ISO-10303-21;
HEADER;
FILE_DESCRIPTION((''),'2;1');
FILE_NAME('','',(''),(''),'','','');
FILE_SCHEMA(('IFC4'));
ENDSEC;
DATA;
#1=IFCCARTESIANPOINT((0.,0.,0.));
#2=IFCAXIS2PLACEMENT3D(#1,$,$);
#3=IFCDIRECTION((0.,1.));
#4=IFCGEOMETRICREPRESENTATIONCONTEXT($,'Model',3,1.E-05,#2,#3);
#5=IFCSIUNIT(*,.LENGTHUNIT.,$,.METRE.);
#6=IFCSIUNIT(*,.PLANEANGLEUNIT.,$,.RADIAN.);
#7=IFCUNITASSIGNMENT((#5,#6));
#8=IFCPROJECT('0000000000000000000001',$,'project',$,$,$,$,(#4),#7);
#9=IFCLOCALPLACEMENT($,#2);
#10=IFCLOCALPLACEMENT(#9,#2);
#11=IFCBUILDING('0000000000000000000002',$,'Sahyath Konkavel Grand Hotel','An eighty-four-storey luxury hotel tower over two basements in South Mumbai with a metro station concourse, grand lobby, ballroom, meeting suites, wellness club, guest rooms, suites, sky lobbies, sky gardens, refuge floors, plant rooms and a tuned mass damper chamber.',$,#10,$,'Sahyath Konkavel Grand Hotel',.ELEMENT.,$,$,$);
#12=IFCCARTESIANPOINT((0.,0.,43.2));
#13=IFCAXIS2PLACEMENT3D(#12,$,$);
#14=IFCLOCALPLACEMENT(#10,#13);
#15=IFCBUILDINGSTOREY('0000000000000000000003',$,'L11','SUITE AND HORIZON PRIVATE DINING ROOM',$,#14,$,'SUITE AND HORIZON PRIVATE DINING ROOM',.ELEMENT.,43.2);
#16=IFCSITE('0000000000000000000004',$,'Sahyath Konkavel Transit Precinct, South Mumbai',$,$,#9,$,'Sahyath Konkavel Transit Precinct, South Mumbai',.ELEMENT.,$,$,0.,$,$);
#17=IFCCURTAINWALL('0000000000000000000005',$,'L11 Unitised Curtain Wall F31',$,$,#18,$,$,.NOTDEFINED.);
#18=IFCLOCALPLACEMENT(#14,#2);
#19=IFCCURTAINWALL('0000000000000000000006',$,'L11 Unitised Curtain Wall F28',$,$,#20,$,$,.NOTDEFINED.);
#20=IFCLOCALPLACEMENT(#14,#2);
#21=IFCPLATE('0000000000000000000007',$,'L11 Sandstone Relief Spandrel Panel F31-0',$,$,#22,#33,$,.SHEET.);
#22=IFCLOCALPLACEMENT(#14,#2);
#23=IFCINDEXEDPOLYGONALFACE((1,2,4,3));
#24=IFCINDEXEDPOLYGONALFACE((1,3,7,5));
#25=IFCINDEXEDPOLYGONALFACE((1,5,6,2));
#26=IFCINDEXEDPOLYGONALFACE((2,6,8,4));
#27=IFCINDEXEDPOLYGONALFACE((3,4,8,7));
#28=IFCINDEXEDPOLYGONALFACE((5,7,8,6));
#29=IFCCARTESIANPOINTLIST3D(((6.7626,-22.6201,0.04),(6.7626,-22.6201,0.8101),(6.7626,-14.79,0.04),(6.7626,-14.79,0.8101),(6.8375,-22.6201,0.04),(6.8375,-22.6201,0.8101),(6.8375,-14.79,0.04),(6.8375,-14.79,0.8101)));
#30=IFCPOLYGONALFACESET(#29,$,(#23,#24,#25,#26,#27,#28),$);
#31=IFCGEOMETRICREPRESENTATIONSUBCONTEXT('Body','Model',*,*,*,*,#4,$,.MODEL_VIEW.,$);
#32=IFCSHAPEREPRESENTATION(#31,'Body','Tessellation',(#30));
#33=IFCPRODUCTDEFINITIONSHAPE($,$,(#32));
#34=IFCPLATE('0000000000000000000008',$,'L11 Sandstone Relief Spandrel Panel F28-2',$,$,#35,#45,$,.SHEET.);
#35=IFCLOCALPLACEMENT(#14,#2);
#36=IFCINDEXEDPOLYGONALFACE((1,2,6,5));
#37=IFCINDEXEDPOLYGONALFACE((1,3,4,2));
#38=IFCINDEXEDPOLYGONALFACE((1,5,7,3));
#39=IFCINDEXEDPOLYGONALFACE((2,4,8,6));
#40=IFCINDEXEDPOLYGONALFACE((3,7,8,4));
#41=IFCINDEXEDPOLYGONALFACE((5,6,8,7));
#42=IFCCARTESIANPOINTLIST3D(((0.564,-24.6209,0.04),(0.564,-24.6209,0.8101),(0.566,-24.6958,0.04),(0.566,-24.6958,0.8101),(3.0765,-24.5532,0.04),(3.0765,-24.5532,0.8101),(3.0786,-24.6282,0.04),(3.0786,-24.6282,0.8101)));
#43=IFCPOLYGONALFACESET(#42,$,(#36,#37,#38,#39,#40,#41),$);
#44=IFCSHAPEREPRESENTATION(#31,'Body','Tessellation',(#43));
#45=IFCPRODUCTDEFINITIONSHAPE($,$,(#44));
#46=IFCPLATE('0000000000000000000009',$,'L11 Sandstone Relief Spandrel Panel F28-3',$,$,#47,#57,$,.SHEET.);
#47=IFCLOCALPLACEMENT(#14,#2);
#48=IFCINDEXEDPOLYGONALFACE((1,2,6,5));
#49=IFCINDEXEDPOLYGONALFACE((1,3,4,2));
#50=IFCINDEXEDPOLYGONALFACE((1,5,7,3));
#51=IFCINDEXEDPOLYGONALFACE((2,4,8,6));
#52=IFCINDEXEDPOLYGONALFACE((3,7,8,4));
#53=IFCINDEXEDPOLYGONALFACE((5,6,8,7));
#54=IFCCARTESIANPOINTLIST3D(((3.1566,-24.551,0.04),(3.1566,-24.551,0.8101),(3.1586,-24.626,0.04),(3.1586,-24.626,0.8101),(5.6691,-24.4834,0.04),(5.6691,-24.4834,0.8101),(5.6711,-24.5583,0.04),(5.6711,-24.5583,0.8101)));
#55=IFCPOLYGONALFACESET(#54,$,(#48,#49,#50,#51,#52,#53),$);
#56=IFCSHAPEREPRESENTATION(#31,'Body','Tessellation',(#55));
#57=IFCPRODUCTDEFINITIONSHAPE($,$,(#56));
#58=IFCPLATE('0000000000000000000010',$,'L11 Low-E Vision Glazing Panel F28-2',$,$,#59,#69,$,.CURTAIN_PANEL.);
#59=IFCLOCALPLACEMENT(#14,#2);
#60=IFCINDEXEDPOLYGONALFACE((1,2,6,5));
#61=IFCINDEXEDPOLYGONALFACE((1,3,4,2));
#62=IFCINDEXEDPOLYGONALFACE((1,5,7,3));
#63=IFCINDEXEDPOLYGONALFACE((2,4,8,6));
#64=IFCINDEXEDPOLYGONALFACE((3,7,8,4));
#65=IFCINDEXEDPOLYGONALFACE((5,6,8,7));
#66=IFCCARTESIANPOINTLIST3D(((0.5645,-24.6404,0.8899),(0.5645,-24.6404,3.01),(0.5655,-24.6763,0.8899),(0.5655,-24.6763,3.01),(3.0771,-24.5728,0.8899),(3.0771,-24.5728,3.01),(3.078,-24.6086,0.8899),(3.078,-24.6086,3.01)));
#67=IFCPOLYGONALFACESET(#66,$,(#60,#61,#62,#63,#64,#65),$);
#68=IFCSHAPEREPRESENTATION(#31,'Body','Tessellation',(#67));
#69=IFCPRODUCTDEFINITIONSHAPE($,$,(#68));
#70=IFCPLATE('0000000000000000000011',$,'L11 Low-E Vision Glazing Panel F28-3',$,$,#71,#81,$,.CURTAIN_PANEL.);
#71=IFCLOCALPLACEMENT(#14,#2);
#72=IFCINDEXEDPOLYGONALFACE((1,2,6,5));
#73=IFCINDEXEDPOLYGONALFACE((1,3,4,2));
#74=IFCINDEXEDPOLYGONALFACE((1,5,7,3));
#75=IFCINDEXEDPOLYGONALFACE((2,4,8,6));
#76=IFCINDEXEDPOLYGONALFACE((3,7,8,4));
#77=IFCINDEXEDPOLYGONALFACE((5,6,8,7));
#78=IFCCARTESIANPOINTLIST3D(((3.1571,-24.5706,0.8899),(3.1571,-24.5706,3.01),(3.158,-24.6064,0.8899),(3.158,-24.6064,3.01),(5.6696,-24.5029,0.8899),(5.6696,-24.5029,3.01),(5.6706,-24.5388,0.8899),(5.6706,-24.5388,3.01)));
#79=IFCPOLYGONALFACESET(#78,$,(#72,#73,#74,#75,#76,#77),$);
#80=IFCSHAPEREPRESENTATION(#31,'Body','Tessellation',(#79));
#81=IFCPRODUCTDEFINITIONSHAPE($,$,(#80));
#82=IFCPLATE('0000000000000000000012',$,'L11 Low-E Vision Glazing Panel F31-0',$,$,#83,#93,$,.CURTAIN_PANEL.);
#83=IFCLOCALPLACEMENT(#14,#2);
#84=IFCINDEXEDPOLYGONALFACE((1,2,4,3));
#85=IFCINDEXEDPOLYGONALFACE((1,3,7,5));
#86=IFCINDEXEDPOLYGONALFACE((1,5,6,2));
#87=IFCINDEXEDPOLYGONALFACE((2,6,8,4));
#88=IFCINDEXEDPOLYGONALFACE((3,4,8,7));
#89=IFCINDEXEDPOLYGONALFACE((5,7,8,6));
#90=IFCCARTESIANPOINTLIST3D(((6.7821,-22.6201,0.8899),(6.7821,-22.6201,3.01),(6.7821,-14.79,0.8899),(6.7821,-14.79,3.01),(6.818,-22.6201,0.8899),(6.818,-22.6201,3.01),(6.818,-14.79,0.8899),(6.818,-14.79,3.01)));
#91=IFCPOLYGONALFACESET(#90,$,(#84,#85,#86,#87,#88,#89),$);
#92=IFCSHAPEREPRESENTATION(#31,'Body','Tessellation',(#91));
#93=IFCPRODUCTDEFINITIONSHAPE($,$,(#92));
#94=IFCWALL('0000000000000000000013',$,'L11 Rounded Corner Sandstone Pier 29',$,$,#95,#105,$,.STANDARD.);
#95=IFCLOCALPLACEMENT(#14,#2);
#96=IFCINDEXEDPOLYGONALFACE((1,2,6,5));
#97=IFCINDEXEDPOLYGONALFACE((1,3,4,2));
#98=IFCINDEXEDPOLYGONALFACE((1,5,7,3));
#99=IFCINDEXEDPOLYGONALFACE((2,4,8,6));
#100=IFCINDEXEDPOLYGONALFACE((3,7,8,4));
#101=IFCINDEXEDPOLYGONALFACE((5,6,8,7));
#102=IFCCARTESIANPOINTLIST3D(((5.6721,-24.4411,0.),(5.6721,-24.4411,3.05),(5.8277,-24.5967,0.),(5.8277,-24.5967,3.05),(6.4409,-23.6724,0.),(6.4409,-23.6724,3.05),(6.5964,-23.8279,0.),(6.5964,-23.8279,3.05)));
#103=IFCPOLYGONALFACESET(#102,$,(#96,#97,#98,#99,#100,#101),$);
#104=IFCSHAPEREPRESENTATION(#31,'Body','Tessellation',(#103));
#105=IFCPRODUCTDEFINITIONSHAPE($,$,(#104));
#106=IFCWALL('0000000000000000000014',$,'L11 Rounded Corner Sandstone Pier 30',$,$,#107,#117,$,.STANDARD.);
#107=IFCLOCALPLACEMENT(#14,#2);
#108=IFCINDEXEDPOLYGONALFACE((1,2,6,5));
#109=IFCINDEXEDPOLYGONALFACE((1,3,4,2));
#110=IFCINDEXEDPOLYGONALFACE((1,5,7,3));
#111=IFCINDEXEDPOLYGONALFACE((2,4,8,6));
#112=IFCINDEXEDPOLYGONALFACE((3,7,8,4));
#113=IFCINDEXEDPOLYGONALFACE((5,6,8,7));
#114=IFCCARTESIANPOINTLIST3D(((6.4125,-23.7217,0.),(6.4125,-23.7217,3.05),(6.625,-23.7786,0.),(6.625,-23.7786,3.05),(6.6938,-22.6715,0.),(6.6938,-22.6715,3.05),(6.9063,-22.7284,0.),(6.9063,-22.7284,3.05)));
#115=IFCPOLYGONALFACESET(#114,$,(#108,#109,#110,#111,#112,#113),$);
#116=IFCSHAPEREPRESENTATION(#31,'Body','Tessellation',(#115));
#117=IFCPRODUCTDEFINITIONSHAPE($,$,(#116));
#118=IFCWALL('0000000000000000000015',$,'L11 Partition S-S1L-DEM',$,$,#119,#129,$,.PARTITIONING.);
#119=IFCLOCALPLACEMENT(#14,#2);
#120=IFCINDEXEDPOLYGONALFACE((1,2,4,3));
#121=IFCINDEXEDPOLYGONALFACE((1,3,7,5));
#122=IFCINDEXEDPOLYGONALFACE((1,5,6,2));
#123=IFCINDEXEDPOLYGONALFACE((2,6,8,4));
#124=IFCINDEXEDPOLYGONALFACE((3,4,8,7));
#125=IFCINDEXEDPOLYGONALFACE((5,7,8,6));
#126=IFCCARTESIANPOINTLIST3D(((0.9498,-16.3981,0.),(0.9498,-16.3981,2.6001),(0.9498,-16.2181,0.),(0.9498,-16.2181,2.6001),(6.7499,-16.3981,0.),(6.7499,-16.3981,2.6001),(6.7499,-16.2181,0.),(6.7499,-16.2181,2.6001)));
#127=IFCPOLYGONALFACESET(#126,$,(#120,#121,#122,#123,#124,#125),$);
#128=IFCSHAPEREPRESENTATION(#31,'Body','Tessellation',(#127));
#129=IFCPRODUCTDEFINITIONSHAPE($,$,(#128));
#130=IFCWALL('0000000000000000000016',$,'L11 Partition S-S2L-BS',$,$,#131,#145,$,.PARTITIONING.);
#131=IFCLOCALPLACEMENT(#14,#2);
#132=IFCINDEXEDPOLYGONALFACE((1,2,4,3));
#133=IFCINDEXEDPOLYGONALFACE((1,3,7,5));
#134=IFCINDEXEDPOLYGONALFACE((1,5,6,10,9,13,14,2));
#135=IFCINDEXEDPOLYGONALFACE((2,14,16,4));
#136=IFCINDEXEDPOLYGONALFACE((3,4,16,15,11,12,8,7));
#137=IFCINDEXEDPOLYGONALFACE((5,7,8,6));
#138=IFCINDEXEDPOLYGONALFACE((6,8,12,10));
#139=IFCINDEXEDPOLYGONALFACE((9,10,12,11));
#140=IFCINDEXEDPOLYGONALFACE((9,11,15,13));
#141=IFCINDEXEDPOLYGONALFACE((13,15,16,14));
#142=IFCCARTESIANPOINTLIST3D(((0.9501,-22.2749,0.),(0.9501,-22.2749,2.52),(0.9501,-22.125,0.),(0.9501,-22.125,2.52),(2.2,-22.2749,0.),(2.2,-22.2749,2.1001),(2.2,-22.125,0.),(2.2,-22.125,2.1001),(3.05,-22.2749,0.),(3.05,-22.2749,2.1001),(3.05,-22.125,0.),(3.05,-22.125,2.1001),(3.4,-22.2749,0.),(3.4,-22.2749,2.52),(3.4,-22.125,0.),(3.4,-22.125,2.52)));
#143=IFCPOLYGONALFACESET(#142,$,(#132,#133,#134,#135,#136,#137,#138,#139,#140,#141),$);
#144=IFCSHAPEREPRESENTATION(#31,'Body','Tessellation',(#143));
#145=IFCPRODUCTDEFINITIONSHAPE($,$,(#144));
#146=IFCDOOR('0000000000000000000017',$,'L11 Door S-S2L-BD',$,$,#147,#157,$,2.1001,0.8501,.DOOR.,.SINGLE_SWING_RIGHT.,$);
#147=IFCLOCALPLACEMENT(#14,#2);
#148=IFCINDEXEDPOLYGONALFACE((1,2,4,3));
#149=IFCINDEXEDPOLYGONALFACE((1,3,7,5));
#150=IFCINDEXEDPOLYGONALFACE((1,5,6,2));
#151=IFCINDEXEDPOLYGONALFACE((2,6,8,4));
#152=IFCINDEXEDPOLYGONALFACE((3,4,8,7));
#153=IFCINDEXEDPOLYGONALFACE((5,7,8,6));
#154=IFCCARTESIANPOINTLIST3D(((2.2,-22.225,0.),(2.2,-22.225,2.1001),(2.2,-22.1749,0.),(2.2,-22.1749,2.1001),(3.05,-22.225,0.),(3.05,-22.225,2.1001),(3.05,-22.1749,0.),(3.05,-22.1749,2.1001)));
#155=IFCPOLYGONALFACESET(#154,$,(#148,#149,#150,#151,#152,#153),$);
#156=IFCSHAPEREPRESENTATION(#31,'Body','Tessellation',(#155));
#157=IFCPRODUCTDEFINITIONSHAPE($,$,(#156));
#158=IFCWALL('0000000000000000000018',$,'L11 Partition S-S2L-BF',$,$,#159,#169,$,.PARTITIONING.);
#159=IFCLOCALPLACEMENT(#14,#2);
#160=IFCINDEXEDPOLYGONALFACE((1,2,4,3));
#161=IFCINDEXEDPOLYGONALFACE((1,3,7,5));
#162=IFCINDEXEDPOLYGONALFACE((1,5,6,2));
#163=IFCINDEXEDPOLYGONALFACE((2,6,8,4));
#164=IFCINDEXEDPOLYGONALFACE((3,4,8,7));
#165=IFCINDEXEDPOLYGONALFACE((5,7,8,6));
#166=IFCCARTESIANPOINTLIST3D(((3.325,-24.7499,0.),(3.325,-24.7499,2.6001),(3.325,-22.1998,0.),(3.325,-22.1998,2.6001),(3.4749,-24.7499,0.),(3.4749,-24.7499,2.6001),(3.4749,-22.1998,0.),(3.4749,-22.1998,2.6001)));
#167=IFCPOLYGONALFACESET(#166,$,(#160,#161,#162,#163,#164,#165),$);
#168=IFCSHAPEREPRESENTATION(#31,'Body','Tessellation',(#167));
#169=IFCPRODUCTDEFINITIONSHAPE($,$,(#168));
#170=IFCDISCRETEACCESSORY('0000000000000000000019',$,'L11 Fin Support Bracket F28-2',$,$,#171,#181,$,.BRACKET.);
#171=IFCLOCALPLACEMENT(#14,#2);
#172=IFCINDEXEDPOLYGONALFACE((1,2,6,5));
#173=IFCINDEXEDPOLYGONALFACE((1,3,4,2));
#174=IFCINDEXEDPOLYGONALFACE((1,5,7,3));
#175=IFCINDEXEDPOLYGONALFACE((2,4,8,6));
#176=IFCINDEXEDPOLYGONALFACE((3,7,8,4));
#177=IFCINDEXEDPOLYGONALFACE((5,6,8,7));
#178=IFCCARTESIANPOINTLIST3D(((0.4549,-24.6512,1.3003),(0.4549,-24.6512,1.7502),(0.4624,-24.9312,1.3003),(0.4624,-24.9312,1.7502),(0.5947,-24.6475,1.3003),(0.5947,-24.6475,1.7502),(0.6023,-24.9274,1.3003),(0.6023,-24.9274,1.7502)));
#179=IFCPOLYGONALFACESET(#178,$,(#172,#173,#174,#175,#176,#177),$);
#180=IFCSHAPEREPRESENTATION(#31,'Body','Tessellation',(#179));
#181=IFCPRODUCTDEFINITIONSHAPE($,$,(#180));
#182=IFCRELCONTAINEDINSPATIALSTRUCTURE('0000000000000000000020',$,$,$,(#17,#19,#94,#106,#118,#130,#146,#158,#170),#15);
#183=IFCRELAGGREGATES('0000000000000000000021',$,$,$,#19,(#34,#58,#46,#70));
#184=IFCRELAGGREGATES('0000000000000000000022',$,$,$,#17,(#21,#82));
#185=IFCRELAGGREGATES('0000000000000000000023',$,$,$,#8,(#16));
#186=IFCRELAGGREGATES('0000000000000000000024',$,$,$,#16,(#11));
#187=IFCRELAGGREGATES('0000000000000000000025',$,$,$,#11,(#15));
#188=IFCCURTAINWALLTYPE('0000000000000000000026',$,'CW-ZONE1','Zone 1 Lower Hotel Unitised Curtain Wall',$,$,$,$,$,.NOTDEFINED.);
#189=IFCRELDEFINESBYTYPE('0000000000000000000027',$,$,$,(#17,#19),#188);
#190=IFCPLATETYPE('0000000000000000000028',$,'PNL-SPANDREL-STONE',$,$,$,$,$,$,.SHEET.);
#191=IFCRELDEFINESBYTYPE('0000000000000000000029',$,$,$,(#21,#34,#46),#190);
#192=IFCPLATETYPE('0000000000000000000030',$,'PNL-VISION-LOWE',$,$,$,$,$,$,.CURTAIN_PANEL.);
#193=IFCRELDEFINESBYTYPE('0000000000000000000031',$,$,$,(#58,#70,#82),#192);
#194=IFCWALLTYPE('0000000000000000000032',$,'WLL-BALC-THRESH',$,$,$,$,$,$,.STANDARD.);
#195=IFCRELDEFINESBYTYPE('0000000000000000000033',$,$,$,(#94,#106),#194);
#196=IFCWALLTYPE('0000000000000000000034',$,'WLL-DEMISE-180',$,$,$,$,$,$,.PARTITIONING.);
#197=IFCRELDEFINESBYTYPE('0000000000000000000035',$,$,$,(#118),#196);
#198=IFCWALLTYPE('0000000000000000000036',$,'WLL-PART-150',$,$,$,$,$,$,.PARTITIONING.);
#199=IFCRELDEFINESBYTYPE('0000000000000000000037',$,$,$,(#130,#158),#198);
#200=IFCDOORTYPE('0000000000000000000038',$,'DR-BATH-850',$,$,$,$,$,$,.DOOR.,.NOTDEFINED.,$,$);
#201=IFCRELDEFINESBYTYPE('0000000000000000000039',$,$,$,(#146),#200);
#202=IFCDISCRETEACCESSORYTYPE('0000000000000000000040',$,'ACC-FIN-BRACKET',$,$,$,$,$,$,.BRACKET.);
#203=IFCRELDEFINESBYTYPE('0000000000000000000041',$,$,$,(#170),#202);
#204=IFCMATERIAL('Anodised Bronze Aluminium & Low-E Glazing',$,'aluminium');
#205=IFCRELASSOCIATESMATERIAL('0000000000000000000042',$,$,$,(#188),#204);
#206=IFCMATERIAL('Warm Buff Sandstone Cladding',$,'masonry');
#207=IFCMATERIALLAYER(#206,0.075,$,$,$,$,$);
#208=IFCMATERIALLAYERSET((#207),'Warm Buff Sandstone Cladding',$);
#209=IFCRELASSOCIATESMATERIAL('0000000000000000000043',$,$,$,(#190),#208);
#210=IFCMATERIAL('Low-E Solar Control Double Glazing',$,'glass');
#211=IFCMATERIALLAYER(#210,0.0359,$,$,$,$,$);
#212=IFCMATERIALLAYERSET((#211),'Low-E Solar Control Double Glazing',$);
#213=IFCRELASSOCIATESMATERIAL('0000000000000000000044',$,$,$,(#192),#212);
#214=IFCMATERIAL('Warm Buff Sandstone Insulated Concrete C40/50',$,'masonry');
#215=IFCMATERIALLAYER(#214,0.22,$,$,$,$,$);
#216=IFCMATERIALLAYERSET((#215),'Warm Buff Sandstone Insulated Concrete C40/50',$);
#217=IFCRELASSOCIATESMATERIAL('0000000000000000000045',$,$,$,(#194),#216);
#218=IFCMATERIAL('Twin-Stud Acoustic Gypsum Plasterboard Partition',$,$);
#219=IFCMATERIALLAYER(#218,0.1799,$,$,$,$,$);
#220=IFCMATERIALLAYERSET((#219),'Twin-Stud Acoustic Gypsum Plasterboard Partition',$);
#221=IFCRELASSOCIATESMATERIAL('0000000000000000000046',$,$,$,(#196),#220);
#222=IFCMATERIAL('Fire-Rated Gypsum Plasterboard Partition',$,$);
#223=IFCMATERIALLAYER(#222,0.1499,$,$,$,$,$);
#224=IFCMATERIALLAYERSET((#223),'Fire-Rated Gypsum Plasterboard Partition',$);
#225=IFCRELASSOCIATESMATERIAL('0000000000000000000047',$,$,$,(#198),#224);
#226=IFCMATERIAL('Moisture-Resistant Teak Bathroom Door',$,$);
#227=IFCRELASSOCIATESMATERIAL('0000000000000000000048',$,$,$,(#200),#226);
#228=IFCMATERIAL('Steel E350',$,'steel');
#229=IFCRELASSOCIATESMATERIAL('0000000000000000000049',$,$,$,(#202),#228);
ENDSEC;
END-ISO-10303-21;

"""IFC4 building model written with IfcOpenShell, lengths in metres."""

from ifc_helpers import new_model, si_unit, direction, frame, frame_2d, origin, origin_2d, place, context, subcontext, project, spatial, rectangle, extrude, source, transform, mapped, material, layer, layer_set, type_object, element, fill, aggregate, save


model = new_model("IFC4")

# Units and contexts
model_context = context("Model", 3, precision=1e-05, world=origin(), true_north=direction((0.0, 1.0)))
body_context = subcontext(model_context, "Body", "Model", "MODEL_VIEW")
ifc_project = project(units=[si_unit("LENGTHUNIT", "METRE"), si_unit("PLANEANGLEUNIT", "RADIAN")], contexts=[model_context])

# Site, building, storey
site_placement = place(None, origin())
site = spatial("IfcSite", under=ifc_project, at=site_placement, Name="Sahyath Konkavel Transit Precinct, South Mumbai", LongName="Sahyath Konkavel Transit Precinct, South Mumbai", CompositionType="ELEMENT", RefElevation=0.0)
building_placement = place(site_placement, origin())
building = spatial("IfcBuilding", under=site, at=building_placement, Name="Sahyath Konkavel Grand Hotel", Description="An eighty-four-storey luxury hotel tower over two basements in South Mumbai with a metro station concourse, grand lobby, ballroom, meeting suites, wellness club, guest rooms, suites, sky lobbies, sky gardens, refuge floors, plant rooms and a tuned mass damper chamber.", LongName="Sahyath Konkavel Grand Hotel", CompositionType="ELEMENT")
storey_placement = place(building_placement, frame((0.0, 0.0, 43.2)))
storey = spatial("IfcBuildingStorey", under=building, at=storey_placement, Name="L11", Description="SUITE AND HORIZON PRIVATE DINING ROOM", LongName="SUITE AND HORIZON PRIVATE DINING ROOM", CompositionType="ELEMENT", Elevation=43.2)

# Curtain walls
ifc_material_1 = material(Name="Anodised Bronze Aluminium & Low-E Glazing", Category="aluminium")
curtain_wall_type = type_object("IfcCurtainWallType", Name="CW-ZONE1", Description="Zone 1 Lower Hotel Unitised Curtain Wall", PredefinedType="NOTDEFINED", material=ifc_material_1)
curtain_wall_1_placement = place(storey_placement, origin())
curtain_wall_1 = element("IfcCurtainWall", 1, at=curtain_wall_1_placement, inside=storey, type_object=curtain_wall_type, Name="L11 Unitised Curtain Wall F31", PredefinedType="NOTDEFINED")
curtain_wall_2_placement = place(storey_placement, origin())
curtain_wall_2 = element("IfcCurtainWall", 2, at=curtain_wall_2_placement, inside=storey, type_object=curtain_wall_type, Name="L11 Unitised Curtain Wall F28", PredefinedType="NOTDEFINED")

# Plates
ifc_material_2 = material(Name="Warm Buff Sandstone Cladding", Category="masonry")
ifc_layer_1 = layer(ifc_material_2, 0.075)
ifc_layer_set_1 = layer_set([ifc_layer_1], Name="Warm Buff Sandstone Cladding")
plate_type_1 = type_object("IfcPlateType", Name="PNL-SPANDREL-STONE", PredefinedType="SHEET", material=ifc_layer_set_1)
shared_shape_1 = source(origin(), body_context, "Body", "SweptSolid", [
    extrude(rectangle(XDim=7.8301, YDim=0.075, at=origin_2d()), origin(), (0.0, 0.0, 1.0), 0.77),
])
plate_1_placement = place(storey_placement, frame((6.8, -18.7051, 0.04), z_axis=(0.0, 0.0, 1.0), x_axis=(0.0, 1.0, 0.0)))
plate_1 = element("IfcPlate", 3, at=plate_1_placement, type_object=plate_type_1, Name="L11 Sandstone Relief Spandrel Panel F31-0", PredefinedType="SHEET", context=body_context, shape_type="MappedRepresentation", body=[
    mapped(shared_shape_1, transform((0.0, 0.0, 0.0), scale=1.0)),
])
shared_shape_2 = source(origin(), body_context, "Body", "SweptSolid", [
    extrude(rectangle(XDim=2.5134, YDim=0.075, at=origin_2d()), origin(), (0.0, 0.0, 1.0), 0.77),
])
plate_2_placement = place(storey_placement, frame((1.8213, -24.6245, 0.04), z_axis=(0.0, 0.0, 1.0), x_axis=(0.999638, 0.02691, 0.0)))
plate_2 = element("IfcPlate", 4, at=plate_2_placement, type_object=plate_type_1, Name="L11 Sandstone Relief Spandrel Panel F28-2", PredefinedType="SHEET", context=body_context, shape_type="MappedRepresentation", body=[
    mapped(shared_shape_2, transform((0.0, 0.0, 0.0), scale=1.0)),
])
plate_3_placement = place(storey_placement, frame((4.4138, -24.5547, 0.04), z_axis=(0.0, 0.0, 1.0), x_axis=(0.999638, 0.02691, 0.0)))
plate_3 = element("IfcPlate", 5, at=plate_3_placement, type_object=plate_type_1, Name="L11 Sandstone Relief Spandrel Panel F28-3", PredefinedType="SHEET", context=body_context, shape_type="MappedRepresentation", body=[
    mapped(shared_shape_2, transform((0.0, 0.0, 0.0), scale=1.0)),
])
ifc_material_3 = material(Name="Low-E Solar Control Double Glazing", Category="glass")
ifc_layer_2 = layer(ifc_material_3, 0.0359)
ifc_layer_set_2 = layer_set([ifc_layer_2], Name="Low-E Solar Control Double Glazing")
plate_type_2 = type_object("IfcPlateType", Name="PNL-VISION-LOWE", PredefinedType="CURTAIN_PANEL", material=ifc_layer_set_2)
shared_shape_3 = source(origin(), body_context, "Body", "SweptSolid", [
    extrude(rectangle(XDim=2.5134, YDim=0.0359, at=origin_2d()), origin(), (0.0, 0.0, 1.0), 2.1201),
])
plate_4_placement = place(storey_placement, frame((1.8213, -24.6245, 0.8899), z_axis=(0.0, 0.0, 1.0), x_axis=(0.999638, 0.02691, 0.0)))
plate_4 = element("IfcPlate", 6, at=plate_4_placement, type_object=plate_type_2, Name="L11 Low-E Vision Glazing Panel F28-2", PredefinedType="CURTAIN_PANEL", context=body_context, shape_type="MappedRepresentation", body=[
    mapped(shared_shape_3, transform((0.0, 0.0, 0.0), scale=1.0)),
])
plate_5_placement = place(storey_placement, frame((4.4138, -24.5547, 0.8899), z_axis=(0.0, 0.0, 1.0), x_axis=(0.999638, 0.02691, 0.0)))
plate_5 = element("IfcPlate", 7, at=plate_5_placement, type_object=plate_type_2, Name="L11 Low-E Vision Glazing Panel F28-3", PredefinedType="CURTAIN_PANEL", context=body_context, shape_type="MappedRepresentation", body=[
    mapped(shared_shape_3, transform((0.0, 0.0, 0.0), scale=1.0)),
])
aggregate(curtain_wall_2, [plate_2, plate_4, plate_3, plate_5])
shared_shape_4 = source(origin(), body_context, "Body", "SweptSolid", [
    extrude(rectangle(XDim=7.8301, YDim=0.0359, at=origin_2d()), origin(), (0.0, 0.0, 1.0), 2.1201),
])
plate_6_placement = place(storey_placement, frame((6.8, -18.7051, 0.8899), z_axis=(0.0, 0.0, 1.0), x_axis=(0.0, 1.0, 0.0)))
plate_6 = element("IfcPlate", 8, at=plate_6_placement, type_object=plate_type_2, Name="L11 Low-E Vision Glazing Panel F31-0", PredefinedType="CURTAIN_PANEL", context=body_context, shape_type="MappedRepresentation", body=[
    mapped(shared_shape_4, transform((0.0, 0.0, 0.0), scale=1.0)),
])
aggregate(curtain_wall_1, [plate_1, plate_6])

# Walls
ifc_material_4 = material(Name="Warm Buff Sandstone Insulated Concrete C40/50", Category="masonry")
ifc_layer_3 = layer(ifc_material_4, 0.22)
ifc_layer_set_3 = layer_set([ifc_layer_3], Name="Warm Buff Sandstone Insulated Concrete C40/50")
wall_type_1 = type_object("IfcWallType", Name="WLL-BALC-THRESH", PredefinedType="STANDARD", material=ifc_layer_set_3)
for number, where, z_axis, x_axis, name in (
    (9, (5.75, -24.5188, 0.0), (0.0, 0.0, 1.0), (0.707107, 0.707107, 0.0), "L11 Rounded Corner Sandstone Pier 29"),
    (10, (6.5188, -23.75, 0.0), (0.0, 0.0, 1.0), (0.258725, 0.965951, 0.0), "L11 Rounded Corner Sandstone Pier 30"),
):
    element("IfcWall", number, at=place(storey_placement, frame(where, z_axis=z_axis, x_axis=x_axis)), inside=storey, type_object=wall_type_1, Name=name, PredefinedType="STANDARD", context=body_context, shape_type="SweptSolid", body=[
        extrude(rectangle(XDim=1.0872, YDim=0.22, at=frame_2d((0.5435, 0.0))), origin(), (0.0, 0.0, 1.0), 3.05),
    ])
ifc_material_5 = material(Name="Twin-Stud Acoustic Gypsum Plasterboard Partition")
ifc_layer_4 = layer(ifc_material_5, 0.1799)
ifc_layer_set_4 = layer_set([ifc_layer_4], Name="Twin-Stud Acoustic Gypsum Plasterboard Partition")
wall_type_2 = type_object("IfcWallType", Name="WLL-DEMISE-180", PredefinedType="PARTITIONING", material=ifc_layer_set_4)
wall_1_placement = place(storey_placement, frame((0.95, -16.3081, 0.0), z_axis=(0.0, 0.0, 1.0), x_axis=(1.0, 0.0, 0.0)))
element("IfcWall", 11, at=wall_1_placement, inside=storey, type_object=wall_type_2, Name="L11 Partition S-S1L-DEM", PredefinedType="PARTITIONING", context=body_context, shape_type="SweptSolid", body=[
    extrude(rectangle(XDim=5.8, YDim=0.1799, at=frame_2d((2.8999, 0.0))), origin(), (0.0, 0.0, 1.0), 2.6001),
])

# Wall, opening, door
ifc_material_6 = material(Name="Fire-Rated Gypsum Plasterboard Partition")
ifc_layer_5 = layer(ifc_material_6, 0.1499)
ifc_layer_set_5 = layer_set([ifc_layer_5], Name="Fire-Rated Gypsum Plasterboard Partition")
wall_type_3 = type_object("IfcWallType", Name="WLL-PART-150", PredefinedType="PARTITIONING", material=ifc_layer_set_5)
wall_2_placement = place(storey_placement, frame((0.95, -22.2, 0.0), z_axis=(0.0, 0.0, 1.0), x_axis=(1.0, 0.0, 0.0)))
wall_2 = element("IfcWall", 12, at=wall_2_placement, inside=storey, type_object=wall_type_3, Name="L11 Partition S-S2L-BS", PredefinedType="PARTITIONING", context=body_context, shape_type="SweptSolid", body=[
    extrude(rectangle(XDim=2.45, YDim=0.1499, at=frame_2d((1.2251, 0.0))), origin(), (0.0, 0.0, 1.0), 2.52),
])
opening_placement = place(wall_2_placement, frame((1.25, 0.0, 0.0)))
opening = element("IfcOpeningElement", 13, at=opening_placement, cuts=wall_2, PredefinedType="OPENING", context=body_context, shape_type="SweptSolid", body=[
    extrude(rectangle(XDim=0.8501, YDim=2.1001, at=frame_2d((0.425, 1.05))), frame((0.0, 0.085, 0.0), z_axis=(0.0, -1.0, 0.0), x_axis=(1.0, 0.0, 0.0)), (0.0, 0.0, 1.0), 0.1699),
])
ifc_material_7 = material(Name="Moisture-Resistant Teak Bathroom Door")
door_type = type_object("IfcDoorType", Name="DR-BATH-850", OperationType="NOTDEFINED", PredefinedType="DOOR", material=ifc_material_7)
shared_shape_5 = source(origin(), body_context, "Body", "SweptSolid", [
    extrude(rectangle(XDim=0.8501, YDim=0.05, at=origin_2d()), origin(), (0.0, 0.0, 1.0), 2.1001),
])
door_placement = place(opening_placement, frame((0.425, 0.0, 0.0)))
door = element("IfcDoor", 14, at=door_placement, inside=storey, type_object=door_type, Name="L11 Door S-S2L-BD", OperationType="SINGLE_SWING_RIGHT", OverallHeight=2.1001, OverallWidth=0.8501, PredefinedType="DOOR", context=body_context, shape_type="MappedRepresentation", body=[
    mapped(shared_shape_5, transform((0.0, 0.0, 0.0), scale=1.0)),
])
fill(opening, door)

# Wall
wall_3_placement = place(storey_placement, frame((3.3999, -22.2, 0.0), z_axis=(0.0, 0.0, 1.0), x_axis=(0.0, -1.0, 0.0)))
element("IfcWall", 15, at=wall_3_placement, inside=storey, type_object=wall_type_3, Name="L11 Partition S-S2L-BF", PredefinedType="PARTITIONING", context=body_context, shape_type="SweptSolid", body=[
    extrude(rectangle(XDim=2.55, YDim=0.1499, at=frame_2d((1.2749, 0.0))), origin(), (0.0, 0.0, 1.0), 2.6001),
])

# Discrete accessory
ifc_material_8 = material(Name="Steel E350", Category="steel")
discrete_accessory_type = type_object("IfcDiscreteAccessoryType", Name="ACC-FIN-BRACKET", PredefinedType="BRACKET", material=ifc_material_8)
shared_shape_6 = source(origin(), body_context, "Body", "SweptSolid", [
    extrude(rectangle(XDim=0.28, YDim=0.1399, at=origin_2d()), origin(), (0.0, 0.0, 1.0), 0.45),
])
for number, where, z_axis, x_axis, name in (
    (16, (0.5286, -24.7893, 1.3003), (0.0, 0.0, 1.0), (0.02691, -0.999638, 0.0), "L11 Fin Support Bracket F28-2"),
):
    element("IfcDiscreteAccessory", number, at=place(storey_placement, frame(where, z_axis=z_axis, x_axis=x_axis)), inside=storey, type_object=discrete_accessory_type, Name=name, PredefinedType="BRACKET", context=body_context, shape_type="MappedRepresentation", body=[
        mapped(shared_shape_6, transform((0.0, 0.0, 0.0), scale=1.0)),
    ])

save(model, "model.ifc")
